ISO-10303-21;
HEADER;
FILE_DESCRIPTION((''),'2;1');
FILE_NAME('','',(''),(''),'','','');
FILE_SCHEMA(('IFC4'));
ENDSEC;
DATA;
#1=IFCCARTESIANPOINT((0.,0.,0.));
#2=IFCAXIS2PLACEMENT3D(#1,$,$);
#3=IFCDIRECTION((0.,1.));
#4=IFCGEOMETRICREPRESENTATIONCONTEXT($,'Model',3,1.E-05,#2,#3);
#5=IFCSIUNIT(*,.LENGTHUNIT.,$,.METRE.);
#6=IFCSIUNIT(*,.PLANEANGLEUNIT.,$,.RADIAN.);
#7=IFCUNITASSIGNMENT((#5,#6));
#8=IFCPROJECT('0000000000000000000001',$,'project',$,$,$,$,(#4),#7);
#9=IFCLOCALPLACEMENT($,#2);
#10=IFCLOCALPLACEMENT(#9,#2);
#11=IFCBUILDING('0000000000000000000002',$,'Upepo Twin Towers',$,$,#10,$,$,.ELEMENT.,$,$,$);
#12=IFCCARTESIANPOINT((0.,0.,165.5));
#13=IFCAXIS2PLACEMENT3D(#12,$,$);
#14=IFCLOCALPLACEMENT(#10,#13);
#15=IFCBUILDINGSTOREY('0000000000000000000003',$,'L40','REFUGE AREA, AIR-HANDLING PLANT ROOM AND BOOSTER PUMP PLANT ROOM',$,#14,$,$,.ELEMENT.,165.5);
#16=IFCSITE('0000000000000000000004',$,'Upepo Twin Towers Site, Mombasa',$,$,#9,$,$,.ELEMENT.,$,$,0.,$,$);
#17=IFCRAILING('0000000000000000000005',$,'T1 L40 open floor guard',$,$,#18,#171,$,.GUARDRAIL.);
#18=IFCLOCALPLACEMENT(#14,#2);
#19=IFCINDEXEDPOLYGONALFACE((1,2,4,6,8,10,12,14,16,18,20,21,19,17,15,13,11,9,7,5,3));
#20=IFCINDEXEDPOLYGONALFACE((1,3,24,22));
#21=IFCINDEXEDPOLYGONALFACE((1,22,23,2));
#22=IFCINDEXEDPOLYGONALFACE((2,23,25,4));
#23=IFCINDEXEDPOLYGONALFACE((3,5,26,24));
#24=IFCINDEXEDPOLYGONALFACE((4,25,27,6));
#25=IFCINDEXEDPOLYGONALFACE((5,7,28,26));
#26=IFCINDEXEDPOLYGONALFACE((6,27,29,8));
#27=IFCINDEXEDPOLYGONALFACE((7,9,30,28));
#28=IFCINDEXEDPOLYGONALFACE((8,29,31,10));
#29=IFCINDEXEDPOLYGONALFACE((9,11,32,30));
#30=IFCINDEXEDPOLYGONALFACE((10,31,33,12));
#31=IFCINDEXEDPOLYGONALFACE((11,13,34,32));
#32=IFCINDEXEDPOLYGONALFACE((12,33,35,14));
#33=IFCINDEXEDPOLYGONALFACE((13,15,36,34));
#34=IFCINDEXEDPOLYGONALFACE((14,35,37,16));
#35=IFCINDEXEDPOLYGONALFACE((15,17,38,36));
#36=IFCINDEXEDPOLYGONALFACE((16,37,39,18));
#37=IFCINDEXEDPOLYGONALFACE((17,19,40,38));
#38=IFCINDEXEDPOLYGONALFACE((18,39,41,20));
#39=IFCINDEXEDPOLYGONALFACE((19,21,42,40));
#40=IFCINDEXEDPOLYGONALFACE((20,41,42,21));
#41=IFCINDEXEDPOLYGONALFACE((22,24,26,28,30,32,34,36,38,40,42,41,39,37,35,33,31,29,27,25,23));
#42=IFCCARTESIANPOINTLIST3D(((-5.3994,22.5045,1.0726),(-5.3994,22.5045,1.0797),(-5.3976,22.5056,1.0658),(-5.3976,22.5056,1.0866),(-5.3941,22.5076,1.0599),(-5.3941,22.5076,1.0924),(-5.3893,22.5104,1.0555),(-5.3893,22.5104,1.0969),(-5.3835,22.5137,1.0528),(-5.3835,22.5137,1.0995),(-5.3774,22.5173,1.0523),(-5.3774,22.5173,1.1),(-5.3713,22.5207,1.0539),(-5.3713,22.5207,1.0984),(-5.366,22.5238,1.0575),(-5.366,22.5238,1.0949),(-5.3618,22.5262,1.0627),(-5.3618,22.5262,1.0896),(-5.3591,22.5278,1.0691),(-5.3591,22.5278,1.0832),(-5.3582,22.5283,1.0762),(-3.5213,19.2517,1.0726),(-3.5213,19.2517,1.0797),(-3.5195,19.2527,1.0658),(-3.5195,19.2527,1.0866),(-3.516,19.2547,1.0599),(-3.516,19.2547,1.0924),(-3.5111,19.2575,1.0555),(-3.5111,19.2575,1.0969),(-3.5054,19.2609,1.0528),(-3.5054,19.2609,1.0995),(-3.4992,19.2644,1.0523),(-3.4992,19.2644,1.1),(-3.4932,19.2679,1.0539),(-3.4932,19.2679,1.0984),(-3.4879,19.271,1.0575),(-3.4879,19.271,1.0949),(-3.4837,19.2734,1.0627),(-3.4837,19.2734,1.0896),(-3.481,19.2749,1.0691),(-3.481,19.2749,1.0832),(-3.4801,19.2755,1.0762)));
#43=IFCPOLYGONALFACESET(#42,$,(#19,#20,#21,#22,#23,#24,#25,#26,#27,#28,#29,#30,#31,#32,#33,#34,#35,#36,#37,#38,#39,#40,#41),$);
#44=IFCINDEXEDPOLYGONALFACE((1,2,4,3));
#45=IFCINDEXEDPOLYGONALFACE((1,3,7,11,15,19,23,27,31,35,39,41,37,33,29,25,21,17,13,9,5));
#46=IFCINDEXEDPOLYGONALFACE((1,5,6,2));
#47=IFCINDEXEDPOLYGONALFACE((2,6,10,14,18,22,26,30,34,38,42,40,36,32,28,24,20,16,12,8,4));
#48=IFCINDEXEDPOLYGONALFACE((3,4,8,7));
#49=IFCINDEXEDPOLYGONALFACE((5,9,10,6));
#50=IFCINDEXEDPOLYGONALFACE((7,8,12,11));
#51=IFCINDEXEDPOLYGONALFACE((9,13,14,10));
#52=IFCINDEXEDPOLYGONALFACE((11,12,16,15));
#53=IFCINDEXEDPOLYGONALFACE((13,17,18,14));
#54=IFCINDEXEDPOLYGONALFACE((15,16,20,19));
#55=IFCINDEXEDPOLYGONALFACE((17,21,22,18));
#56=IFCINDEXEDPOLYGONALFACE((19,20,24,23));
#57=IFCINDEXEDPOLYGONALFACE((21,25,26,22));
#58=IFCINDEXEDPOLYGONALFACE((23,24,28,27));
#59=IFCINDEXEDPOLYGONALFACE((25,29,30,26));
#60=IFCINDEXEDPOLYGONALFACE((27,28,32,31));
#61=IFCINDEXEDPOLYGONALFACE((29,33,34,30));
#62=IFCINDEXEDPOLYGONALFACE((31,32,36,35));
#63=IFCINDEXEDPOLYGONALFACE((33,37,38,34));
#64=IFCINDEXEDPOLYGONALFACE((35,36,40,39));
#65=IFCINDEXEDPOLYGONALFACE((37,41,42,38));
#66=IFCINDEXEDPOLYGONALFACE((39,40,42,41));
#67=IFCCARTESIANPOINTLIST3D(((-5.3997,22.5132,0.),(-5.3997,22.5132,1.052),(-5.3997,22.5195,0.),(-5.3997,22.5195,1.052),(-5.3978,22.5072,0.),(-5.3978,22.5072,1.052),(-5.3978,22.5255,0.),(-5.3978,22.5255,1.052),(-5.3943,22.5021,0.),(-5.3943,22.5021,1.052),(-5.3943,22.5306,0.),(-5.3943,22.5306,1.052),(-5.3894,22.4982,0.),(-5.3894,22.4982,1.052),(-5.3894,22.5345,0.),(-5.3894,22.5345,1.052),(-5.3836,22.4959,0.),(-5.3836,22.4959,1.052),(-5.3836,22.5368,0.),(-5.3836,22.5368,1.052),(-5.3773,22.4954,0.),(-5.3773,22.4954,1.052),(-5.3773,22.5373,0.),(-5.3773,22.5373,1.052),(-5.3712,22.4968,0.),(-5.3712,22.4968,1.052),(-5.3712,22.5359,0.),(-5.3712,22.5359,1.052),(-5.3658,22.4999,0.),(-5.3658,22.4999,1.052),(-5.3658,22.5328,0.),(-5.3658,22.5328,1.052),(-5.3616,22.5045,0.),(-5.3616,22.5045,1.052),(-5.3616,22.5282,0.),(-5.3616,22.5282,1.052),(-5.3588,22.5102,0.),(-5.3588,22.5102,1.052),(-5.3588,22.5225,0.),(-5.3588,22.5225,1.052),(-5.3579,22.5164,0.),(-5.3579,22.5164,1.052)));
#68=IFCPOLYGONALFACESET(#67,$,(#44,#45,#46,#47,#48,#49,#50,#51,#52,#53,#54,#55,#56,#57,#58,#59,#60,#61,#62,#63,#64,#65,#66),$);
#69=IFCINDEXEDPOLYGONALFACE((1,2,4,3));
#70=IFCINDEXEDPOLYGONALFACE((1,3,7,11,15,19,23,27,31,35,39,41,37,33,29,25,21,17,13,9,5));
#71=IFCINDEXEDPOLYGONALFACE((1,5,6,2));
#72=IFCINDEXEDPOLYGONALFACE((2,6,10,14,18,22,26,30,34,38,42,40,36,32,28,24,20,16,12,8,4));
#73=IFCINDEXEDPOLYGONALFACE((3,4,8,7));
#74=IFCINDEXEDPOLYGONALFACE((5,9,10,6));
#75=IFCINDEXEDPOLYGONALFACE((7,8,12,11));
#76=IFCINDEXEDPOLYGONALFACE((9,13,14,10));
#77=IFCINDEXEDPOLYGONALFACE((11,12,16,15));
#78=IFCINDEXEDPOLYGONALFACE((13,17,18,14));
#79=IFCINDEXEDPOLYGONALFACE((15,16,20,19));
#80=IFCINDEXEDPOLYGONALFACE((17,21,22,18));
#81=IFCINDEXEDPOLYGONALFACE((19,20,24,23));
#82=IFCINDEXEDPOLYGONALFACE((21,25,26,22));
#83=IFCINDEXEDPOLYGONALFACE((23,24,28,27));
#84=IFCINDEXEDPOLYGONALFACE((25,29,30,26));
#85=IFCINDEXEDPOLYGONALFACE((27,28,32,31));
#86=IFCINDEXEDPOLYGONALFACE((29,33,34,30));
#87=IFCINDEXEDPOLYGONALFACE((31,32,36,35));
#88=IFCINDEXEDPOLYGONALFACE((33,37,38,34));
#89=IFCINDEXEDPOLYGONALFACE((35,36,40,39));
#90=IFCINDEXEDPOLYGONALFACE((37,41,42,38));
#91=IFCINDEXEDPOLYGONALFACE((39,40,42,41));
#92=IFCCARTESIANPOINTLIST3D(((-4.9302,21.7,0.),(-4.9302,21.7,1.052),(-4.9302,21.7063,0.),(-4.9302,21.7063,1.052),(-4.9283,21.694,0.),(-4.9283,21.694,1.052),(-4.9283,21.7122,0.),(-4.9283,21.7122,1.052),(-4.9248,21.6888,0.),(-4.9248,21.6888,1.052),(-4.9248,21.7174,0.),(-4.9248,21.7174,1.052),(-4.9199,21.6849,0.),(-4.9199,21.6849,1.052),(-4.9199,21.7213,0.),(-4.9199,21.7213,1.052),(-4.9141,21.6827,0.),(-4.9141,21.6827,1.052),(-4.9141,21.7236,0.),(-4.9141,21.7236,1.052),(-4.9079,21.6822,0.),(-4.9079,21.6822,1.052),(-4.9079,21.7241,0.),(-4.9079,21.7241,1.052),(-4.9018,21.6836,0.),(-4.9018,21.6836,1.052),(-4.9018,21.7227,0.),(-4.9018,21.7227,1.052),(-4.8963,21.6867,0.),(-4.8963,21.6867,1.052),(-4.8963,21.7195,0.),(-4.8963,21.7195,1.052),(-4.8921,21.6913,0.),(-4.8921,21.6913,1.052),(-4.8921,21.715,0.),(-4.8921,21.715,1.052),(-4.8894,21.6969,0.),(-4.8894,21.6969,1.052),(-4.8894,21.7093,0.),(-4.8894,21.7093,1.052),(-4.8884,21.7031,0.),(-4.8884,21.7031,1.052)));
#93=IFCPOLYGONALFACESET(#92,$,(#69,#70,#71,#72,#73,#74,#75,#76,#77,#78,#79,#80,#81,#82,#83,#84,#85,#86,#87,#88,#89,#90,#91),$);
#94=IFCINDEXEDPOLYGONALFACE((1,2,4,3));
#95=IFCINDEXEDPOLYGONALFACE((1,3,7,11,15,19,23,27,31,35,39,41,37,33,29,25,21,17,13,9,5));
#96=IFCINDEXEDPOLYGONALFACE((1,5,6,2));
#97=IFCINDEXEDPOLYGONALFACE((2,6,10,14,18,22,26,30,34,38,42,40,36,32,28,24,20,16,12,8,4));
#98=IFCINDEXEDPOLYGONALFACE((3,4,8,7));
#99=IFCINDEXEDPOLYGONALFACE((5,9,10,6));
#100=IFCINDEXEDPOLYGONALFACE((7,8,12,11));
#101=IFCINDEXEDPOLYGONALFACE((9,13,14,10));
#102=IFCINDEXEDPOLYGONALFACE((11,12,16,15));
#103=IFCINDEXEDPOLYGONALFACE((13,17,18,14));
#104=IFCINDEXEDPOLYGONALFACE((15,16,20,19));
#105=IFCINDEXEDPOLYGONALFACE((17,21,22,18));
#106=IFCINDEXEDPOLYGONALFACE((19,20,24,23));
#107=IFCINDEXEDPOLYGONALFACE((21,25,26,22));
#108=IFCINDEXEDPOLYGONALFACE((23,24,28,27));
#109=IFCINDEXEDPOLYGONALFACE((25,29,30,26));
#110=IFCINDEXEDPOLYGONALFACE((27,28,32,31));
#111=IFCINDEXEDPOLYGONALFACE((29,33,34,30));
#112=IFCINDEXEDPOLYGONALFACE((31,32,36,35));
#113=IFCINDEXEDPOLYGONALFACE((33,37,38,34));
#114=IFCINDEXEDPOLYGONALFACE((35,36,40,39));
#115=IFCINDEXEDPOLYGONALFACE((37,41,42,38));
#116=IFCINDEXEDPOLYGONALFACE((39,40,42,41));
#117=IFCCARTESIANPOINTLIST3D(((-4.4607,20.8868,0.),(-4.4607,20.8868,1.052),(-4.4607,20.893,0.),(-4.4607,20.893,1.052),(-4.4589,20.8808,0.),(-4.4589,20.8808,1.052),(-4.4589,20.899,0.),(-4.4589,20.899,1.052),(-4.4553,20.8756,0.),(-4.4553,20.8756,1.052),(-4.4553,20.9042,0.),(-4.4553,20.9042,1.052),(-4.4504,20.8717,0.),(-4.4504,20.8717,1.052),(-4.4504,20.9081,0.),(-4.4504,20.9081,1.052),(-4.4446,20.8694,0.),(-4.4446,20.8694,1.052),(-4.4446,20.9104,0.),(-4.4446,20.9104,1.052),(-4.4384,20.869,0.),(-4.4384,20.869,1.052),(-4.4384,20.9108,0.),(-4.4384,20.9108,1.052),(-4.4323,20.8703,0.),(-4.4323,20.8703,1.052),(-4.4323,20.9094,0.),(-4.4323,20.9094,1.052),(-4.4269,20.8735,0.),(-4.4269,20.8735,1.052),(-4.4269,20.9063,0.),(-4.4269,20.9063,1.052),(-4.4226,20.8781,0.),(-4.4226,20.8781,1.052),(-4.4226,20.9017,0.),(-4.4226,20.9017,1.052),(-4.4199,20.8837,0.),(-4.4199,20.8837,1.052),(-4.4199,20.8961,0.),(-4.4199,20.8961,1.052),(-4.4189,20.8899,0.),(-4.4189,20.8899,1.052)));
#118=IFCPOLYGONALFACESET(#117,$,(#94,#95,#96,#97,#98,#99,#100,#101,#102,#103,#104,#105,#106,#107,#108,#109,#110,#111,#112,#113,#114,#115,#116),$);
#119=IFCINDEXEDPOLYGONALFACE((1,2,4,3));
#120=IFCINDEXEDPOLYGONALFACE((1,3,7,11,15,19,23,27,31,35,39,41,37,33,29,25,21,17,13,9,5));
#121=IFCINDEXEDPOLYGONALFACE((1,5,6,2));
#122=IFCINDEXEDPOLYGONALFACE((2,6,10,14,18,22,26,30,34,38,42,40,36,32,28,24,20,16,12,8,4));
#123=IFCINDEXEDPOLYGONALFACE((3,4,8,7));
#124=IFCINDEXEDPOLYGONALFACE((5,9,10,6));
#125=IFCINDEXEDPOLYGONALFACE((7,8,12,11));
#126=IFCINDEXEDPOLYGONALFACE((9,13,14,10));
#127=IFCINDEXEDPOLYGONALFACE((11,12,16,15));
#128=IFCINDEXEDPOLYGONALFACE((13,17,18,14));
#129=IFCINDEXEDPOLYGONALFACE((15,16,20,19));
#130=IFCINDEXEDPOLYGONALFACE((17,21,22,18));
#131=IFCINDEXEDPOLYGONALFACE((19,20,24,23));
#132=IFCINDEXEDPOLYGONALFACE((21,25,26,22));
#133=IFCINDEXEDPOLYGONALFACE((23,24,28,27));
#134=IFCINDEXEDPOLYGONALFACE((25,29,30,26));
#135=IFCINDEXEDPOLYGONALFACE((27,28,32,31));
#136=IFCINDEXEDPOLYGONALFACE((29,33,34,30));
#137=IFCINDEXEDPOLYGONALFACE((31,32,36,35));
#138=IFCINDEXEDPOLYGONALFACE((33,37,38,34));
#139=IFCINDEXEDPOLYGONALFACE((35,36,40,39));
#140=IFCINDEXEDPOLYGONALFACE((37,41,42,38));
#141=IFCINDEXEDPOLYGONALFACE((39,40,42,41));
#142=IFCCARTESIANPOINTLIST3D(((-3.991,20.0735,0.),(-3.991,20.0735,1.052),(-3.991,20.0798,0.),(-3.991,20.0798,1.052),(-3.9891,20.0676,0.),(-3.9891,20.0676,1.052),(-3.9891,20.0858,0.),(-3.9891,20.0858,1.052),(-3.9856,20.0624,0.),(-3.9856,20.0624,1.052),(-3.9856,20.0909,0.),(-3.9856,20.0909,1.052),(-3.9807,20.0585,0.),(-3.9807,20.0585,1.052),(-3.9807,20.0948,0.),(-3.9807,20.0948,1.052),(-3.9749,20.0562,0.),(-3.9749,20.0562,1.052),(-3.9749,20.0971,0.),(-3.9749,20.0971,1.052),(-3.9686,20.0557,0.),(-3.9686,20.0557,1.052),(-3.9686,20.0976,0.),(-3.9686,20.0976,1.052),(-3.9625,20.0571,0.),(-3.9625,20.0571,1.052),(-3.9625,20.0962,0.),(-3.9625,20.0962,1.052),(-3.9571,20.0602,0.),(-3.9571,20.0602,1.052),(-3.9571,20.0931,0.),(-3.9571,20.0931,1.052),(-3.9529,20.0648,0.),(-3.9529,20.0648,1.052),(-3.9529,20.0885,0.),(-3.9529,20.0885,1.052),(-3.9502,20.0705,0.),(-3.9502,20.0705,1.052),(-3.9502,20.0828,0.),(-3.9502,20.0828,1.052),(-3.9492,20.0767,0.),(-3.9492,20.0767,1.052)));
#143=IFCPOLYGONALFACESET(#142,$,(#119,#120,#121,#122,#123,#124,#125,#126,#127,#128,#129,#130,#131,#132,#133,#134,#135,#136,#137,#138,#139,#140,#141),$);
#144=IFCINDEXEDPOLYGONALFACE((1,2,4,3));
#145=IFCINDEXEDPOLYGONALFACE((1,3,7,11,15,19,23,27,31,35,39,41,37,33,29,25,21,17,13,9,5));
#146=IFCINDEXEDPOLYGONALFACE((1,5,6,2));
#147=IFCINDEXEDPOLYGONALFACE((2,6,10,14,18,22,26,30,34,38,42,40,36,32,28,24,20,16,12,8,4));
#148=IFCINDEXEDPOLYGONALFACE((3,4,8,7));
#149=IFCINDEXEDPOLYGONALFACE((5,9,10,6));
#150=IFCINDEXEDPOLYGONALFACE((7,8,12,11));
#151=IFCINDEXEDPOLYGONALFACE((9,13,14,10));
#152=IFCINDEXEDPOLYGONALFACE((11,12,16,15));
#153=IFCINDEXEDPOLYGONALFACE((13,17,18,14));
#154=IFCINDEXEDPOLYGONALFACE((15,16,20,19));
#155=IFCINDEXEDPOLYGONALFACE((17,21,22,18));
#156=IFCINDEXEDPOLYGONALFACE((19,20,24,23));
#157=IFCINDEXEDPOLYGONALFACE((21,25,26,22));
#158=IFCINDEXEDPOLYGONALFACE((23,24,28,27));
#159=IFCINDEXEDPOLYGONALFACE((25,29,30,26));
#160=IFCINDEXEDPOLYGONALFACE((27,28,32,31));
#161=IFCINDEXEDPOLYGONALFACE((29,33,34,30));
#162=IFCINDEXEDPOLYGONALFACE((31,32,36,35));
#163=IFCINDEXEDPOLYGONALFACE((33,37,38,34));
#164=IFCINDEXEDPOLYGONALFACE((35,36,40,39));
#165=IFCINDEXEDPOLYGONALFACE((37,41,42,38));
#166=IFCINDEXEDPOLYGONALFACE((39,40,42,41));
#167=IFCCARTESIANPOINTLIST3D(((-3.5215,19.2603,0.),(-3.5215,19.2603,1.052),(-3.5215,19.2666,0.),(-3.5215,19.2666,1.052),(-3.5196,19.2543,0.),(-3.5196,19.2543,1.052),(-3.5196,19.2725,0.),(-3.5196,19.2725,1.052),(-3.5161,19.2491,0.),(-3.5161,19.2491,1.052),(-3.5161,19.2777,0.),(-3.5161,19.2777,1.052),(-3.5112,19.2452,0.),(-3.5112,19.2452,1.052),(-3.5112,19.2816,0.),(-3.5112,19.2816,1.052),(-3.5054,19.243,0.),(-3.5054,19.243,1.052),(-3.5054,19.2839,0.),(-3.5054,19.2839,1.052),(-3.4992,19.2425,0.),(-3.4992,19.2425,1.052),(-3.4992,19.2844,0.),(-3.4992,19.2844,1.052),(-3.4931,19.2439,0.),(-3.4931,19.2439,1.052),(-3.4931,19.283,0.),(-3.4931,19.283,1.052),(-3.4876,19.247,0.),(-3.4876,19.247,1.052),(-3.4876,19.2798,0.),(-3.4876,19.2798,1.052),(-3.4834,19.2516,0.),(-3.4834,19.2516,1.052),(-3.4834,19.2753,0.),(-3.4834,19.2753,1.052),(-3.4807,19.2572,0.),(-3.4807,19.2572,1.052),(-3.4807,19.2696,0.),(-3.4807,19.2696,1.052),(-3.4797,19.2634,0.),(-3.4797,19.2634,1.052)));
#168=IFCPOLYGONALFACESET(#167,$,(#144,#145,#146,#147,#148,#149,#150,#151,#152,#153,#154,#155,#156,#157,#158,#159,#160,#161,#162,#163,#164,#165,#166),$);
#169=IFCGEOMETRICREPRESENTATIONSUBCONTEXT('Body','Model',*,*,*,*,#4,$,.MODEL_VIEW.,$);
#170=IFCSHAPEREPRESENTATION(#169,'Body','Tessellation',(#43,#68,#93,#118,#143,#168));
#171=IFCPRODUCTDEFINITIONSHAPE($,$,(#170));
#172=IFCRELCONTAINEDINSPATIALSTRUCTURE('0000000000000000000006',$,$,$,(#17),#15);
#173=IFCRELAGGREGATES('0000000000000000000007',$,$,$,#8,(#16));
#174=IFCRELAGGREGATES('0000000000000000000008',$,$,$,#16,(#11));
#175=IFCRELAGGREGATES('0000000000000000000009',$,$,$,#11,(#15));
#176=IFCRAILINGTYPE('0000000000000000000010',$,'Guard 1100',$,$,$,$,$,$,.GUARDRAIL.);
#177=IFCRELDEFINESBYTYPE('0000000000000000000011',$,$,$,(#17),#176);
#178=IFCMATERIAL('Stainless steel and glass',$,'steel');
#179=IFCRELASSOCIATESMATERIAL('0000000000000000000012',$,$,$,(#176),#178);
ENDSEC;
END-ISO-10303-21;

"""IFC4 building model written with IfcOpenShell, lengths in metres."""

from ifc_helpers import new_model, si_unit, direction, frame, origin, origin_2d, place, context, subcontext, project, spatial, circle, extrude, material, type_object, element, save


model = new_model("IFC4")

# Units and contexts
model_context = context("Model", 3, precision=1e-05, world=origin(), true_north=direction((0.0, 1.0)))
body_context = subcontext(model_context, "Body", "Model", "MODEL_VIEW")
ifc_project = project(units=[si_unit("LENGTHUNIT", "METRE"), si_unit("PLANEANGLEUNIT", "RADIAN")], contexts=[model_context])

# Site, building, storey
site_placement = place(None, origin())
site = spatial("IfcSite", under=ifc_project, at=site_placement, Name="Upepo Twin Towers Site, Mombasa", CompositionType="ELEMENT", RefElevation=0.0)
building_placement = place(site_placement, origin())
building = spatial("IfcBuilding", under=site, at=building_placement, Name="Upepo Twin Towers", CompositionType="ELEMENT")
storey_placement = place(building_placement, frame((0.0, 0.0, 165.5)))
storey = spatial("IfcBuildingStorey", under=building, at=storey_placement, Name="L40", Description="REFUGE AREA, AIR-HANDLING PLANT ROOM AND BOOSTER PUMP PLANT ROOM", CompositionType="ELEMENT", Elevation=165.5)

# Railing
ifc_material_1 = material(Name="Stainless steel and glass", Category="steel")
railing_type = type_object("IfcRailingType", Name="Guard 1100", PredefinedType="GUARDRAIL", material=ifc_material_1)
for number, where, name in (
    (1, (-5.3789, 22.5164, 0.0), "T1 L40 open floor guard"),
):
    element("IfcRailing", number, at=place(storey_placement, frame(where)), inside=storey, type_object=railing_type, Name=name, PredefinedType="GUARDRAIL", context=body_context, shape_type="SweptSolid", body=[
        extrude(circle(Radius=0.0239, at=origin_2d()), frame((0.0, 0.0, 1.0762), z_axis=(0.500019, -0.866015, 0.0), x_axis=(0.866015, 0.500019, 0.0)), (0.0, 0.0, 1.0), 3.7561),
        extrude(circle(Radius=0.021, at=origin_2d()), origin(), (0.0, 0.0, 1.0), 1.052),
        extrude(circle(Radius=0.021, at=origin_2d()), frame((0.4695, -0.8132, 0.0)), (0.0, 0.0, 1.0), 1.052),
        extrude(circle(Radius=0.021, at=origin_2d()), frame((0.939, -1.6265, 0.0)), (0.0, 0.0, 1.0), 1.052),
        extrude(circle(Radius=0.021, at=origin_2d()), frame((1.4087, -2.4397, 0.0)), (0.0, 0.0, 1.0), 1.052),
        extrude(circle(Radius=0.021, at=origin_2d()), frame((1.8782, -3.2529, 0.0)), (0.0, 0.0, 1.0), 1.052),
    ])

save(model, "model.ifc")
